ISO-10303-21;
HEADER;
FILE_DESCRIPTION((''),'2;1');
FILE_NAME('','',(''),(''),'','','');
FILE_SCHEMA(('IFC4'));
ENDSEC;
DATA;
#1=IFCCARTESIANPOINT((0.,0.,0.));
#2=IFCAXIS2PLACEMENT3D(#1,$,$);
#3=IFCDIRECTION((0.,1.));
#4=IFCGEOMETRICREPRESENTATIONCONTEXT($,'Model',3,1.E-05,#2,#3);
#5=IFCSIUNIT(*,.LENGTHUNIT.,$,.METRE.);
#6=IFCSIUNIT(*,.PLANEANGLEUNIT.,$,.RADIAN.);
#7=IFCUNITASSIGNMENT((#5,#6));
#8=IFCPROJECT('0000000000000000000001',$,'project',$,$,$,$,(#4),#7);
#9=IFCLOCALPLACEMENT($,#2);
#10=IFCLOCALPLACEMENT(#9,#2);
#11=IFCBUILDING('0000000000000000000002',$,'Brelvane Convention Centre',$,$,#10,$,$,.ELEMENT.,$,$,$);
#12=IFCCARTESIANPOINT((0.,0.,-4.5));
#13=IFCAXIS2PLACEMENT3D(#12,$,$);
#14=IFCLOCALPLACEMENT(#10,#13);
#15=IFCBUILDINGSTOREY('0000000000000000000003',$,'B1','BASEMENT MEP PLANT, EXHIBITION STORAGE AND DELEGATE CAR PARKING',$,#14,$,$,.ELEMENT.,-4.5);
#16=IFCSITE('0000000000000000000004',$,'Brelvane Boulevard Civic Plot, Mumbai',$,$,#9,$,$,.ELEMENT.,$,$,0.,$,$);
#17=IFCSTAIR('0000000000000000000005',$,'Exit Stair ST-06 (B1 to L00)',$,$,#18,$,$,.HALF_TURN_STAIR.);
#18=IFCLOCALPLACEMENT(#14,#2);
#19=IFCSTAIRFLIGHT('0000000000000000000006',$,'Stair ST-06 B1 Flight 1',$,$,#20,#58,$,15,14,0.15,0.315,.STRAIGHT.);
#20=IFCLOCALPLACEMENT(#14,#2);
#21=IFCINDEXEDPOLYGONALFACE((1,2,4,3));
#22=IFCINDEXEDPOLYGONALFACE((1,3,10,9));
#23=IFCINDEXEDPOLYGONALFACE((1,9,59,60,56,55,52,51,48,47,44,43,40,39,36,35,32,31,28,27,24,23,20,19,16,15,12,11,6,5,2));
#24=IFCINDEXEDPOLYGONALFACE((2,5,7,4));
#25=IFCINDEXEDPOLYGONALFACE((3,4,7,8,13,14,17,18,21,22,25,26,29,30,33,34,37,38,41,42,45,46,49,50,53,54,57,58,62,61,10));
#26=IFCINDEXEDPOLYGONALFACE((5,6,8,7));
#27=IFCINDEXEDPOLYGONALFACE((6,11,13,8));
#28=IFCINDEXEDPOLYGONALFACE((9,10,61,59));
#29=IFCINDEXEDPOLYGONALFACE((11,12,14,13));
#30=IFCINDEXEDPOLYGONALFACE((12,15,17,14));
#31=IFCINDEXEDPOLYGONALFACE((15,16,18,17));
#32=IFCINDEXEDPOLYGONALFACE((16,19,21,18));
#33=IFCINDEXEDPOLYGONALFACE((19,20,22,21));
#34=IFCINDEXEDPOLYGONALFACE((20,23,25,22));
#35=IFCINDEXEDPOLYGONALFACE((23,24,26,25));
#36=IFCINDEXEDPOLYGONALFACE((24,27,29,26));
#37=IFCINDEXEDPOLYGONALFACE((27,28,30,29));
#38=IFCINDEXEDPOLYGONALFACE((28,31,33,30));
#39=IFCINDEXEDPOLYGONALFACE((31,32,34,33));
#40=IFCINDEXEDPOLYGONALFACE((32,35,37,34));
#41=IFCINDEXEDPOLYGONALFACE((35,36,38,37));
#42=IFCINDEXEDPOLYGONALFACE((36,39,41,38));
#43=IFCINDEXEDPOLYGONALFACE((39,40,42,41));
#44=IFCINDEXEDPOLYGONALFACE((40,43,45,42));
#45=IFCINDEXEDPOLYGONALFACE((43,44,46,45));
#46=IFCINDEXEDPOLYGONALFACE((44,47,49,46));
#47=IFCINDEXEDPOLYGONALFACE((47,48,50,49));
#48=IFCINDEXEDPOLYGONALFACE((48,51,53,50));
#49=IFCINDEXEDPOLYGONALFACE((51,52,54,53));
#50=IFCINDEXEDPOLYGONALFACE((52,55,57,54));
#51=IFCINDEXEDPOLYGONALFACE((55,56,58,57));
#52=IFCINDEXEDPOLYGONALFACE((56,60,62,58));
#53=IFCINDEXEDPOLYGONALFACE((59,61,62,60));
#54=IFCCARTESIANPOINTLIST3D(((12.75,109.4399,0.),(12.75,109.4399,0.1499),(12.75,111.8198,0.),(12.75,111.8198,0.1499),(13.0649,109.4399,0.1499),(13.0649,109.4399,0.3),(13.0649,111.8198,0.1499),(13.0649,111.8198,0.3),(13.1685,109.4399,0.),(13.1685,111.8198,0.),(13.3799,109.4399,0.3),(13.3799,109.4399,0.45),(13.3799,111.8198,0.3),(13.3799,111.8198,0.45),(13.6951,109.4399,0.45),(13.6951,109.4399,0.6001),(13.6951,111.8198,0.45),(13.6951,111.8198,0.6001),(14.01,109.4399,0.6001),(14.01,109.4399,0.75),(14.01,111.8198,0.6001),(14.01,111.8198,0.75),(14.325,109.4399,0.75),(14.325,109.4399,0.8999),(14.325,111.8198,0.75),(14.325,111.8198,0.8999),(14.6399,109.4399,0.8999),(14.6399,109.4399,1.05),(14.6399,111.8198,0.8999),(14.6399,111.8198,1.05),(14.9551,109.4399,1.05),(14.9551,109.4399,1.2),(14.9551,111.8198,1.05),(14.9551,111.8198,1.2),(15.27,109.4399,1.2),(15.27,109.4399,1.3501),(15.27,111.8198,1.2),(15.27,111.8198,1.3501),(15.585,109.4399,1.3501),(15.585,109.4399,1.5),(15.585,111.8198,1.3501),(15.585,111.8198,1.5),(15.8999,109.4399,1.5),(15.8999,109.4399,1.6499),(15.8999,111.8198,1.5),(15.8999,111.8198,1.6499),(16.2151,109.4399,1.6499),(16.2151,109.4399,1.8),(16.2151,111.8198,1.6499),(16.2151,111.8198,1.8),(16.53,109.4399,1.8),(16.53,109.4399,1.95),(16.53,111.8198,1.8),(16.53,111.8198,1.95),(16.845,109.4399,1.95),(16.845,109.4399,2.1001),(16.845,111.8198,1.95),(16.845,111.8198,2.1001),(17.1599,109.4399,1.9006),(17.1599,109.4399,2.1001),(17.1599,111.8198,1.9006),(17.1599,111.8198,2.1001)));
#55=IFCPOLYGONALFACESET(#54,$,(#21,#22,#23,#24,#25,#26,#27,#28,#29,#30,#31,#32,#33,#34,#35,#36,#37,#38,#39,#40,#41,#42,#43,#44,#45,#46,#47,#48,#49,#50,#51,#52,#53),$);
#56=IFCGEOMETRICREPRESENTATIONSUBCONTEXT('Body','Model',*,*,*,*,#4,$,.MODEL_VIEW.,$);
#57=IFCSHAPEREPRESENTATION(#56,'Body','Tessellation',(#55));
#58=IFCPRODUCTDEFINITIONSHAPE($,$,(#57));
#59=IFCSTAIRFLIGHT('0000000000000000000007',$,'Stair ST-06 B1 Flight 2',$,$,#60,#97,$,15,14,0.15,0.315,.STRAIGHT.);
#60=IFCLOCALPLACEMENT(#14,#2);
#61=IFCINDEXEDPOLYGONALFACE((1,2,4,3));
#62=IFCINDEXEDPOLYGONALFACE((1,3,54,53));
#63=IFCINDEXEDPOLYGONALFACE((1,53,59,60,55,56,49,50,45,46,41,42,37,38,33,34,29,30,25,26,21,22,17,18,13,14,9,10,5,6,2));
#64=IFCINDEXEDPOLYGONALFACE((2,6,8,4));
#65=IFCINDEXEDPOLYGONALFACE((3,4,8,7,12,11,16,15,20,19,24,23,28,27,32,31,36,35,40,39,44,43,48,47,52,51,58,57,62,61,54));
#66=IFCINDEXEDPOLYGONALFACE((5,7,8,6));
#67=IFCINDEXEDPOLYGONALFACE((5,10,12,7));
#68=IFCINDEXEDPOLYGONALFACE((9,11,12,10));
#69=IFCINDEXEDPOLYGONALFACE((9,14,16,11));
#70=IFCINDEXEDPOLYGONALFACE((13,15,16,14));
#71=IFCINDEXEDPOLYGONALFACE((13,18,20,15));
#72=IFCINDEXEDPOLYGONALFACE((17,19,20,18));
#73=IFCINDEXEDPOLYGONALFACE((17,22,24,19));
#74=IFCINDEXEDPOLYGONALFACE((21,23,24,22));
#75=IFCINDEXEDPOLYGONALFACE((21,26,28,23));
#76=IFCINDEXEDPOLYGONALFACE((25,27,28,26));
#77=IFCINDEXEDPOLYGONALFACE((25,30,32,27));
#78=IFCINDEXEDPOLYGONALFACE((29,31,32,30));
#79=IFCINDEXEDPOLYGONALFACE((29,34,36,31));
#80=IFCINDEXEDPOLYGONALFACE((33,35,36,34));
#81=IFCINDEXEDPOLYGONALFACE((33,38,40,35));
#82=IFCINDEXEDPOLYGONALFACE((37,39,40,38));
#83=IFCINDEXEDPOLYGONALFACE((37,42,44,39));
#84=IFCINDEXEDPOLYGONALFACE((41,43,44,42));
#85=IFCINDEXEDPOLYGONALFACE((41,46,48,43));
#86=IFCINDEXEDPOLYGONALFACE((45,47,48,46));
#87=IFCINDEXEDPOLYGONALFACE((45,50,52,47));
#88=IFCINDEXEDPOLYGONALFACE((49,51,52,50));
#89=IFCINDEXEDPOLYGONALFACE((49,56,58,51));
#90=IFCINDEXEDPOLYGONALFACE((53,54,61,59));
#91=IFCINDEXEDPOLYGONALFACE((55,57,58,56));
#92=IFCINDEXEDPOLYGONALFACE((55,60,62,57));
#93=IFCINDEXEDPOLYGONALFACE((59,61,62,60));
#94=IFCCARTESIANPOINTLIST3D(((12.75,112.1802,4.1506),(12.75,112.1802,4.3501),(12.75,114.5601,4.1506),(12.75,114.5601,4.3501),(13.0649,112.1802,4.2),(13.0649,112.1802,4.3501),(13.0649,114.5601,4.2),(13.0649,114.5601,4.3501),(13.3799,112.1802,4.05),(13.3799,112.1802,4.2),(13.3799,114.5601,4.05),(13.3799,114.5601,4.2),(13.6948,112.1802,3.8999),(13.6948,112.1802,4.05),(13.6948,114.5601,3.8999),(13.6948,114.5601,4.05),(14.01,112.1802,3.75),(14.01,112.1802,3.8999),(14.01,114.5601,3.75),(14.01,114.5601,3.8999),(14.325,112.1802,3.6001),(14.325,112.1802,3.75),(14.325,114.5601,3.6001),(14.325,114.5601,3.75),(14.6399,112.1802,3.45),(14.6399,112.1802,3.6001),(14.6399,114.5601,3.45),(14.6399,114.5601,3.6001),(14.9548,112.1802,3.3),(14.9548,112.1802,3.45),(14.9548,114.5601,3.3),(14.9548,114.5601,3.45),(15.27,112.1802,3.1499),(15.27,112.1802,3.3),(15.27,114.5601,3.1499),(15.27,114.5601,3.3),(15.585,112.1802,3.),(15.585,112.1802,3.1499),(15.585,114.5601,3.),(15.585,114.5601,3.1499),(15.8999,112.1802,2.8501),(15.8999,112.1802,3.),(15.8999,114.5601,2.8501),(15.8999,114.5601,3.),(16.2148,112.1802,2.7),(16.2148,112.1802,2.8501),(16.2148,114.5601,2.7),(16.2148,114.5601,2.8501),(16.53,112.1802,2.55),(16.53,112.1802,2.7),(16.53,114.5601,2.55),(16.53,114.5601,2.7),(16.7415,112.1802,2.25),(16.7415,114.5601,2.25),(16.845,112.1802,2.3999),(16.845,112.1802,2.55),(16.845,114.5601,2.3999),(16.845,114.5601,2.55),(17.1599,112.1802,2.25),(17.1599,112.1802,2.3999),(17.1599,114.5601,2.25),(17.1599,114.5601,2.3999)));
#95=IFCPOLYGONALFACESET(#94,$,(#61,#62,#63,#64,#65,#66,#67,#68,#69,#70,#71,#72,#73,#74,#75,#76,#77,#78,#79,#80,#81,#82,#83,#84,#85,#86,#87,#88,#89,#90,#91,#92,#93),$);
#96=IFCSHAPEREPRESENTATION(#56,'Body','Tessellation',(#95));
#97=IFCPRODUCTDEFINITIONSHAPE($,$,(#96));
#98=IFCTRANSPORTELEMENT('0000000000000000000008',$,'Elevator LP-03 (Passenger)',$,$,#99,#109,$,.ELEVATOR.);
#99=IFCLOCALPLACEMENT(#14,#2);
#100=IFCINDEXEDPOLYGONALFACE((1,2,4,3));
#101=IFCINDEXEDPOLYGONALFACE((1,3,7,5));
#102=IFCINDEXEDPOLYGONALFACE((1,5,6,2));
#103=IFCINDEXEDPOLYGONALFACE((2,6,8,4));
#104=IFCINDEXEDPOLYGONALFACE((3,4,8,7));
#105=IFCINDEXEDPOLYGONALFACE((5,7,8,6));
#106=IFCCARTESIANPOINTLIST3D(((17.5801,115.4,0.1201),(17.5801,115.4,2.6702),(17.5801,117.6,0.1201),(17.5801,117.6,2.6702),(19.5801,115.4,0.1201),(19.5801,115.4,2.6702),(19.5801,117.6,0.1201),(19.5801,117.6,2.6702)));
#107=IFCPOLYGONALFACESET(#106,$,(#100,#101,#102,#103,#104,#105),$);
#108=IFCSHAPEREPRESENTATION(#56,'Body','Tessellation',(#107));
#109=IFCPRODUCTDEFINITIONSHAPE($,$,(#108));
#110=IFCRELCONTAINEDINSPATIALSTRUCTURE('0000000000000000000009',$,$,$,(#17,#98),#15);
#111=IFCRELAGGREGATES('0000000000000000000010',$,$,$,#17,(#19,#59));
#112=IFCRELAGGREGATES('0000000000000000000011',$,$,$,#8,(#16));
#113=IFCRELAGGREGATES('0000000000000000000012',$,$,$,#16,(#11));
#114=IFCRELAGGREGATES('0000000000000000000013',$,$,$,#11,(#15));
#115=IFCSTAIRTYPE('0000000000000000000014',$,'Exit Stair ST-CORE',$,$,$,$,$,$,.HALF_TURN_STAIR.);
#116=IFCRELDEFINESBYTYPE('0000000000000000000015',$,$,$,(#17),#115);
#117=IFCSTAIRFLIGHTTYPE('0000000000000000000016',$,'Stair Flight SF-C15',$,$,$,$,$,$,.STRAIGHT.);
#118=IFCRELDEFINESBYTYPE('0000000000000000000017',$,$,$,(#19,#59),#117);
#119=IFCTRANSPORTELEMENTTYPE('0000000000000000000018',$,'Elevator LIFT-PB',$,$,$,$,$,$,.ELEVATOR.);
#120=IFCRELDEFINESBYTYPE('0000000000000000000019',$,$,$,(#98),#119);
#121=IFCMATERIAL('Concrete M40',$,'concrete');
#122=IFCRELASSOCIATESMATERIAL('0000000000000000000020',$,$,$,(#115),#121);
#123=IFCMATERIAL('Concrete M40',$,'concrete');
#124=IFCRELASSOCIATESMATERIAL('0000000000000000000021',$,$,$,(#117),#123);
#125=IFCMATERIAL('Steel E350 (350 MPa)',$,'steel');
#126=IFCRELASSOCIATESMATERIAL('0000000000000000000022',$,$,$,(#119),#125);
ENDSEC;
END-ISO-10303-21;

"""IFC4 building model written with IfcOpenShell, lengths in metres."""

from ifc_helpers import new_model, si_unit, direction, frame, origin, origin_2d, place, context, subcontext, project, spatial, polyline, rectangle, outline, extrude, material, type_object, element, aggregate, save


model = new_model("IFC4")

# Units and contexts
model_context = context("Model", 3, precision=1e-05, world=origin(), true_north=direction((0.0, 1.0)))
body_context = subcontext(model_context, "Body", "Model", "MODEL_VIEW")
ifc_project = project(units=[si_unit("LENGTHUNIT", "METRE"), si_unit("PLANEANGLEUNIT", "RADIAN")], contexts=[model_context])

# Site, building, storey
site_placement = place(None, origin())
site = spatial("IfcSite", under=ifc_project, at=site_placement, Name="Brelvane Boulevard Civic Plot, Mumbai", CompositionType="ELEMENT", RefElevation=0.0)
building_placement = place(site_placement, origin())
building = spatial("IfcBuilding", under=site, at=building_placement, Name="Brelvane Convention Centre", CompositionType="ELEMENT")
storey_placement = place(building_placement, frame((0.0, 0.0, -4.5)))
storey = spatial("IfcBuildingStorey", under=building, at=storey_placement, Name="B1", Description="BASEMENT MEP PLANT, EXHIBITION STORAGE AND DELEGATE CAR PARKING", CompositionType="ELEMENT", Elevation=-4.5)

# Stair, stair flights
ifc_material_1 = material(Name="Concrete M40", Category="concrete")
stair_type = type_object("IfcStairType", Name="Exit Stair ST-CORE", PredefinedType="HALF_TURN_STAIR", material=ifc_material_1)
stair_placement = place(storey_placement, origin())
stair = element("IfcStair", 1, at=stair_placement, inside=storey, type_object=stair_type, Name="Exit Stair ST-06 (B1 to L00)", PredefinedType="HALF_TURN_STAIR")
ifc_material_2 = material(Name="Concrete M40", Category="concrete")
stair_flight_type = type_object("IfcStairFlightType", Name="Stair Flight SF-C15", PredefinedType="STRAIGHT", material=ifc_material_2)
stair_flight_1_placement = place(storey_placement, frame((12.75, 110.6299, 0.0), z_axis=(0.0, 0.0, 1.0), x_axis=(1.0, 0.0, 0.0)))
stair_flight_1 = element("IfcStairFlight", 2, at=stair_flight_1_placement, type_object=stair_flight_type, Name="Stair ST-06 B1 Flight 1", NumberOfRisers=15, NumberOfTreads=14, PredefinedType="STRAIGHT", RiserHeight=0.15, TreadLength=0.315, context=body_context, shape_type="SweptSolid", body=[
    extrude(outline(polyline([(0.0, 0.0), (0.0, 0.1499), (0.3149, 0.1499), (0.3149, 0.3), (0.6299, 0.3), (0.6299, 0.45), (0.9451, 0.45), (0.9451, 0.6001), (1.26, 0.6001), (1.26, 0.75), (1.575, 0.75), (1.575, 0.8999), (1.8899, 0.8999), (1.8899, 1.05), (2.2051, 1.05), (2.2051, 1.2), (2.52, 1.2), (2.52, 1.3501), (2.835, 1.3501), (2.835, 1.5), (3.1499, 1.5), (3.1499, 1.6499), (3.4651, 1.6499), (3.4651, 1.8), (3.78, 1.8), (3.78, 1.95), (4.095, 1.95), (4.095, 2.1001), (4.4099, 2.1001), (4.4099, 2.25), (4.4099, 1.9006), (0.4185, 0.0), (0.0, 0.0)])), frame((0.0, 1.1899, 0.0), z_axis=(0.0, -1.0, 0.0), x_axis=(1.0, 0.0, 0.0)), (0.0, 0.0, 1.0), 2.3799),
])
stair_flight_2_placement = place(storey_placement, frame((17.1599, 113.3701, 2.25), z_axis=(0.0, 0.0, 1.0), x_axis=(-1.0, 0.0, 0.0)))
stair_flight_2 = element("IfcStairFlight", 3, at=stair_flight_2_placement, type_object=stair_flight_type, Name="Stair ST-06 B1 Flight 2", NumberOfRisers=15, NumberOfTreads=14, PredefinedType="STRAIGHT", RiserHeight=0.15, TreadLength=0.315, context=body_context, shape_type="SweptSolid", body=[
    extrude(outline(polyline([(0.0, 0.0), (0.0, 0.1499), (0.3149, 0.1499), (0.3149, 0.3), (0.6299, 0.3), (0.6299, 0.45), (0.9451, 0.45), (0.9451, 0.6001), (1.26, 0.6001), (1.26, 0.75), (1.575, 0.75), (1.575, 0.8999), (1.8899, 0.8999), (1.8899, 1.05), (2.2051, 1.05), (2.2051, 1.2), (2.52, 1.2), (2.52, 1.3501), (2.835, 1.3501), (2.835, 1.5), (3.1499, 1.5), (3.1499, 1.6499), (3.4651, 1.6499), (3.4651, 1.8), (3.78, 1.8), (3.78, 1.95), (4.095, 1.95), (4.095, 2.1001), (4.4099, 2.1001), (4.4099, 2.25), (4.4099, 1.9006), (0.4185, 0.0), (0.0, 0.0)])), frame((0.0, 1.1899, 0.0), z_axis=(0.0, -1.0, 0.0), x_axis=(1.0, 0.0, 0.0)), (0.0, 0.0, 1.0), 2.3799),
])
aggregate(stair, [stair_flight_1, stair_flight_2])

# Transport element
ifc_material_3 = material(Name="Steel E350 (350 MPa)", Category="steel")
transport_element_type = type_object("IfcTransportElementType", Name="Elevator LIFT-PB", PredefinedType="ELEVATOR", material=ifc_material_3)
transport_element_placement = place(storey_placement, frame((18.5801, 116.5, 0.1201), z_axis=(0.0, 0.0, 1.0), x_axis=(1.0, 0.0, 0.0)))
element("IfcTransportElement", 4, at=transport_element_placement, inside=storey, type_object=transport_element_type, Name="Elevator LP-03 (Passenger)", PredefinedType="ELEVATOR", context=body_context, shape_type="SweptSolid", body=[
    extrude(rectangle(XDim=2.0, YDim=2.2, at=origin_2d()), origin(), (0.0, 0.0, 1.0), 2.55),
])

save(model, "model.ifc")
